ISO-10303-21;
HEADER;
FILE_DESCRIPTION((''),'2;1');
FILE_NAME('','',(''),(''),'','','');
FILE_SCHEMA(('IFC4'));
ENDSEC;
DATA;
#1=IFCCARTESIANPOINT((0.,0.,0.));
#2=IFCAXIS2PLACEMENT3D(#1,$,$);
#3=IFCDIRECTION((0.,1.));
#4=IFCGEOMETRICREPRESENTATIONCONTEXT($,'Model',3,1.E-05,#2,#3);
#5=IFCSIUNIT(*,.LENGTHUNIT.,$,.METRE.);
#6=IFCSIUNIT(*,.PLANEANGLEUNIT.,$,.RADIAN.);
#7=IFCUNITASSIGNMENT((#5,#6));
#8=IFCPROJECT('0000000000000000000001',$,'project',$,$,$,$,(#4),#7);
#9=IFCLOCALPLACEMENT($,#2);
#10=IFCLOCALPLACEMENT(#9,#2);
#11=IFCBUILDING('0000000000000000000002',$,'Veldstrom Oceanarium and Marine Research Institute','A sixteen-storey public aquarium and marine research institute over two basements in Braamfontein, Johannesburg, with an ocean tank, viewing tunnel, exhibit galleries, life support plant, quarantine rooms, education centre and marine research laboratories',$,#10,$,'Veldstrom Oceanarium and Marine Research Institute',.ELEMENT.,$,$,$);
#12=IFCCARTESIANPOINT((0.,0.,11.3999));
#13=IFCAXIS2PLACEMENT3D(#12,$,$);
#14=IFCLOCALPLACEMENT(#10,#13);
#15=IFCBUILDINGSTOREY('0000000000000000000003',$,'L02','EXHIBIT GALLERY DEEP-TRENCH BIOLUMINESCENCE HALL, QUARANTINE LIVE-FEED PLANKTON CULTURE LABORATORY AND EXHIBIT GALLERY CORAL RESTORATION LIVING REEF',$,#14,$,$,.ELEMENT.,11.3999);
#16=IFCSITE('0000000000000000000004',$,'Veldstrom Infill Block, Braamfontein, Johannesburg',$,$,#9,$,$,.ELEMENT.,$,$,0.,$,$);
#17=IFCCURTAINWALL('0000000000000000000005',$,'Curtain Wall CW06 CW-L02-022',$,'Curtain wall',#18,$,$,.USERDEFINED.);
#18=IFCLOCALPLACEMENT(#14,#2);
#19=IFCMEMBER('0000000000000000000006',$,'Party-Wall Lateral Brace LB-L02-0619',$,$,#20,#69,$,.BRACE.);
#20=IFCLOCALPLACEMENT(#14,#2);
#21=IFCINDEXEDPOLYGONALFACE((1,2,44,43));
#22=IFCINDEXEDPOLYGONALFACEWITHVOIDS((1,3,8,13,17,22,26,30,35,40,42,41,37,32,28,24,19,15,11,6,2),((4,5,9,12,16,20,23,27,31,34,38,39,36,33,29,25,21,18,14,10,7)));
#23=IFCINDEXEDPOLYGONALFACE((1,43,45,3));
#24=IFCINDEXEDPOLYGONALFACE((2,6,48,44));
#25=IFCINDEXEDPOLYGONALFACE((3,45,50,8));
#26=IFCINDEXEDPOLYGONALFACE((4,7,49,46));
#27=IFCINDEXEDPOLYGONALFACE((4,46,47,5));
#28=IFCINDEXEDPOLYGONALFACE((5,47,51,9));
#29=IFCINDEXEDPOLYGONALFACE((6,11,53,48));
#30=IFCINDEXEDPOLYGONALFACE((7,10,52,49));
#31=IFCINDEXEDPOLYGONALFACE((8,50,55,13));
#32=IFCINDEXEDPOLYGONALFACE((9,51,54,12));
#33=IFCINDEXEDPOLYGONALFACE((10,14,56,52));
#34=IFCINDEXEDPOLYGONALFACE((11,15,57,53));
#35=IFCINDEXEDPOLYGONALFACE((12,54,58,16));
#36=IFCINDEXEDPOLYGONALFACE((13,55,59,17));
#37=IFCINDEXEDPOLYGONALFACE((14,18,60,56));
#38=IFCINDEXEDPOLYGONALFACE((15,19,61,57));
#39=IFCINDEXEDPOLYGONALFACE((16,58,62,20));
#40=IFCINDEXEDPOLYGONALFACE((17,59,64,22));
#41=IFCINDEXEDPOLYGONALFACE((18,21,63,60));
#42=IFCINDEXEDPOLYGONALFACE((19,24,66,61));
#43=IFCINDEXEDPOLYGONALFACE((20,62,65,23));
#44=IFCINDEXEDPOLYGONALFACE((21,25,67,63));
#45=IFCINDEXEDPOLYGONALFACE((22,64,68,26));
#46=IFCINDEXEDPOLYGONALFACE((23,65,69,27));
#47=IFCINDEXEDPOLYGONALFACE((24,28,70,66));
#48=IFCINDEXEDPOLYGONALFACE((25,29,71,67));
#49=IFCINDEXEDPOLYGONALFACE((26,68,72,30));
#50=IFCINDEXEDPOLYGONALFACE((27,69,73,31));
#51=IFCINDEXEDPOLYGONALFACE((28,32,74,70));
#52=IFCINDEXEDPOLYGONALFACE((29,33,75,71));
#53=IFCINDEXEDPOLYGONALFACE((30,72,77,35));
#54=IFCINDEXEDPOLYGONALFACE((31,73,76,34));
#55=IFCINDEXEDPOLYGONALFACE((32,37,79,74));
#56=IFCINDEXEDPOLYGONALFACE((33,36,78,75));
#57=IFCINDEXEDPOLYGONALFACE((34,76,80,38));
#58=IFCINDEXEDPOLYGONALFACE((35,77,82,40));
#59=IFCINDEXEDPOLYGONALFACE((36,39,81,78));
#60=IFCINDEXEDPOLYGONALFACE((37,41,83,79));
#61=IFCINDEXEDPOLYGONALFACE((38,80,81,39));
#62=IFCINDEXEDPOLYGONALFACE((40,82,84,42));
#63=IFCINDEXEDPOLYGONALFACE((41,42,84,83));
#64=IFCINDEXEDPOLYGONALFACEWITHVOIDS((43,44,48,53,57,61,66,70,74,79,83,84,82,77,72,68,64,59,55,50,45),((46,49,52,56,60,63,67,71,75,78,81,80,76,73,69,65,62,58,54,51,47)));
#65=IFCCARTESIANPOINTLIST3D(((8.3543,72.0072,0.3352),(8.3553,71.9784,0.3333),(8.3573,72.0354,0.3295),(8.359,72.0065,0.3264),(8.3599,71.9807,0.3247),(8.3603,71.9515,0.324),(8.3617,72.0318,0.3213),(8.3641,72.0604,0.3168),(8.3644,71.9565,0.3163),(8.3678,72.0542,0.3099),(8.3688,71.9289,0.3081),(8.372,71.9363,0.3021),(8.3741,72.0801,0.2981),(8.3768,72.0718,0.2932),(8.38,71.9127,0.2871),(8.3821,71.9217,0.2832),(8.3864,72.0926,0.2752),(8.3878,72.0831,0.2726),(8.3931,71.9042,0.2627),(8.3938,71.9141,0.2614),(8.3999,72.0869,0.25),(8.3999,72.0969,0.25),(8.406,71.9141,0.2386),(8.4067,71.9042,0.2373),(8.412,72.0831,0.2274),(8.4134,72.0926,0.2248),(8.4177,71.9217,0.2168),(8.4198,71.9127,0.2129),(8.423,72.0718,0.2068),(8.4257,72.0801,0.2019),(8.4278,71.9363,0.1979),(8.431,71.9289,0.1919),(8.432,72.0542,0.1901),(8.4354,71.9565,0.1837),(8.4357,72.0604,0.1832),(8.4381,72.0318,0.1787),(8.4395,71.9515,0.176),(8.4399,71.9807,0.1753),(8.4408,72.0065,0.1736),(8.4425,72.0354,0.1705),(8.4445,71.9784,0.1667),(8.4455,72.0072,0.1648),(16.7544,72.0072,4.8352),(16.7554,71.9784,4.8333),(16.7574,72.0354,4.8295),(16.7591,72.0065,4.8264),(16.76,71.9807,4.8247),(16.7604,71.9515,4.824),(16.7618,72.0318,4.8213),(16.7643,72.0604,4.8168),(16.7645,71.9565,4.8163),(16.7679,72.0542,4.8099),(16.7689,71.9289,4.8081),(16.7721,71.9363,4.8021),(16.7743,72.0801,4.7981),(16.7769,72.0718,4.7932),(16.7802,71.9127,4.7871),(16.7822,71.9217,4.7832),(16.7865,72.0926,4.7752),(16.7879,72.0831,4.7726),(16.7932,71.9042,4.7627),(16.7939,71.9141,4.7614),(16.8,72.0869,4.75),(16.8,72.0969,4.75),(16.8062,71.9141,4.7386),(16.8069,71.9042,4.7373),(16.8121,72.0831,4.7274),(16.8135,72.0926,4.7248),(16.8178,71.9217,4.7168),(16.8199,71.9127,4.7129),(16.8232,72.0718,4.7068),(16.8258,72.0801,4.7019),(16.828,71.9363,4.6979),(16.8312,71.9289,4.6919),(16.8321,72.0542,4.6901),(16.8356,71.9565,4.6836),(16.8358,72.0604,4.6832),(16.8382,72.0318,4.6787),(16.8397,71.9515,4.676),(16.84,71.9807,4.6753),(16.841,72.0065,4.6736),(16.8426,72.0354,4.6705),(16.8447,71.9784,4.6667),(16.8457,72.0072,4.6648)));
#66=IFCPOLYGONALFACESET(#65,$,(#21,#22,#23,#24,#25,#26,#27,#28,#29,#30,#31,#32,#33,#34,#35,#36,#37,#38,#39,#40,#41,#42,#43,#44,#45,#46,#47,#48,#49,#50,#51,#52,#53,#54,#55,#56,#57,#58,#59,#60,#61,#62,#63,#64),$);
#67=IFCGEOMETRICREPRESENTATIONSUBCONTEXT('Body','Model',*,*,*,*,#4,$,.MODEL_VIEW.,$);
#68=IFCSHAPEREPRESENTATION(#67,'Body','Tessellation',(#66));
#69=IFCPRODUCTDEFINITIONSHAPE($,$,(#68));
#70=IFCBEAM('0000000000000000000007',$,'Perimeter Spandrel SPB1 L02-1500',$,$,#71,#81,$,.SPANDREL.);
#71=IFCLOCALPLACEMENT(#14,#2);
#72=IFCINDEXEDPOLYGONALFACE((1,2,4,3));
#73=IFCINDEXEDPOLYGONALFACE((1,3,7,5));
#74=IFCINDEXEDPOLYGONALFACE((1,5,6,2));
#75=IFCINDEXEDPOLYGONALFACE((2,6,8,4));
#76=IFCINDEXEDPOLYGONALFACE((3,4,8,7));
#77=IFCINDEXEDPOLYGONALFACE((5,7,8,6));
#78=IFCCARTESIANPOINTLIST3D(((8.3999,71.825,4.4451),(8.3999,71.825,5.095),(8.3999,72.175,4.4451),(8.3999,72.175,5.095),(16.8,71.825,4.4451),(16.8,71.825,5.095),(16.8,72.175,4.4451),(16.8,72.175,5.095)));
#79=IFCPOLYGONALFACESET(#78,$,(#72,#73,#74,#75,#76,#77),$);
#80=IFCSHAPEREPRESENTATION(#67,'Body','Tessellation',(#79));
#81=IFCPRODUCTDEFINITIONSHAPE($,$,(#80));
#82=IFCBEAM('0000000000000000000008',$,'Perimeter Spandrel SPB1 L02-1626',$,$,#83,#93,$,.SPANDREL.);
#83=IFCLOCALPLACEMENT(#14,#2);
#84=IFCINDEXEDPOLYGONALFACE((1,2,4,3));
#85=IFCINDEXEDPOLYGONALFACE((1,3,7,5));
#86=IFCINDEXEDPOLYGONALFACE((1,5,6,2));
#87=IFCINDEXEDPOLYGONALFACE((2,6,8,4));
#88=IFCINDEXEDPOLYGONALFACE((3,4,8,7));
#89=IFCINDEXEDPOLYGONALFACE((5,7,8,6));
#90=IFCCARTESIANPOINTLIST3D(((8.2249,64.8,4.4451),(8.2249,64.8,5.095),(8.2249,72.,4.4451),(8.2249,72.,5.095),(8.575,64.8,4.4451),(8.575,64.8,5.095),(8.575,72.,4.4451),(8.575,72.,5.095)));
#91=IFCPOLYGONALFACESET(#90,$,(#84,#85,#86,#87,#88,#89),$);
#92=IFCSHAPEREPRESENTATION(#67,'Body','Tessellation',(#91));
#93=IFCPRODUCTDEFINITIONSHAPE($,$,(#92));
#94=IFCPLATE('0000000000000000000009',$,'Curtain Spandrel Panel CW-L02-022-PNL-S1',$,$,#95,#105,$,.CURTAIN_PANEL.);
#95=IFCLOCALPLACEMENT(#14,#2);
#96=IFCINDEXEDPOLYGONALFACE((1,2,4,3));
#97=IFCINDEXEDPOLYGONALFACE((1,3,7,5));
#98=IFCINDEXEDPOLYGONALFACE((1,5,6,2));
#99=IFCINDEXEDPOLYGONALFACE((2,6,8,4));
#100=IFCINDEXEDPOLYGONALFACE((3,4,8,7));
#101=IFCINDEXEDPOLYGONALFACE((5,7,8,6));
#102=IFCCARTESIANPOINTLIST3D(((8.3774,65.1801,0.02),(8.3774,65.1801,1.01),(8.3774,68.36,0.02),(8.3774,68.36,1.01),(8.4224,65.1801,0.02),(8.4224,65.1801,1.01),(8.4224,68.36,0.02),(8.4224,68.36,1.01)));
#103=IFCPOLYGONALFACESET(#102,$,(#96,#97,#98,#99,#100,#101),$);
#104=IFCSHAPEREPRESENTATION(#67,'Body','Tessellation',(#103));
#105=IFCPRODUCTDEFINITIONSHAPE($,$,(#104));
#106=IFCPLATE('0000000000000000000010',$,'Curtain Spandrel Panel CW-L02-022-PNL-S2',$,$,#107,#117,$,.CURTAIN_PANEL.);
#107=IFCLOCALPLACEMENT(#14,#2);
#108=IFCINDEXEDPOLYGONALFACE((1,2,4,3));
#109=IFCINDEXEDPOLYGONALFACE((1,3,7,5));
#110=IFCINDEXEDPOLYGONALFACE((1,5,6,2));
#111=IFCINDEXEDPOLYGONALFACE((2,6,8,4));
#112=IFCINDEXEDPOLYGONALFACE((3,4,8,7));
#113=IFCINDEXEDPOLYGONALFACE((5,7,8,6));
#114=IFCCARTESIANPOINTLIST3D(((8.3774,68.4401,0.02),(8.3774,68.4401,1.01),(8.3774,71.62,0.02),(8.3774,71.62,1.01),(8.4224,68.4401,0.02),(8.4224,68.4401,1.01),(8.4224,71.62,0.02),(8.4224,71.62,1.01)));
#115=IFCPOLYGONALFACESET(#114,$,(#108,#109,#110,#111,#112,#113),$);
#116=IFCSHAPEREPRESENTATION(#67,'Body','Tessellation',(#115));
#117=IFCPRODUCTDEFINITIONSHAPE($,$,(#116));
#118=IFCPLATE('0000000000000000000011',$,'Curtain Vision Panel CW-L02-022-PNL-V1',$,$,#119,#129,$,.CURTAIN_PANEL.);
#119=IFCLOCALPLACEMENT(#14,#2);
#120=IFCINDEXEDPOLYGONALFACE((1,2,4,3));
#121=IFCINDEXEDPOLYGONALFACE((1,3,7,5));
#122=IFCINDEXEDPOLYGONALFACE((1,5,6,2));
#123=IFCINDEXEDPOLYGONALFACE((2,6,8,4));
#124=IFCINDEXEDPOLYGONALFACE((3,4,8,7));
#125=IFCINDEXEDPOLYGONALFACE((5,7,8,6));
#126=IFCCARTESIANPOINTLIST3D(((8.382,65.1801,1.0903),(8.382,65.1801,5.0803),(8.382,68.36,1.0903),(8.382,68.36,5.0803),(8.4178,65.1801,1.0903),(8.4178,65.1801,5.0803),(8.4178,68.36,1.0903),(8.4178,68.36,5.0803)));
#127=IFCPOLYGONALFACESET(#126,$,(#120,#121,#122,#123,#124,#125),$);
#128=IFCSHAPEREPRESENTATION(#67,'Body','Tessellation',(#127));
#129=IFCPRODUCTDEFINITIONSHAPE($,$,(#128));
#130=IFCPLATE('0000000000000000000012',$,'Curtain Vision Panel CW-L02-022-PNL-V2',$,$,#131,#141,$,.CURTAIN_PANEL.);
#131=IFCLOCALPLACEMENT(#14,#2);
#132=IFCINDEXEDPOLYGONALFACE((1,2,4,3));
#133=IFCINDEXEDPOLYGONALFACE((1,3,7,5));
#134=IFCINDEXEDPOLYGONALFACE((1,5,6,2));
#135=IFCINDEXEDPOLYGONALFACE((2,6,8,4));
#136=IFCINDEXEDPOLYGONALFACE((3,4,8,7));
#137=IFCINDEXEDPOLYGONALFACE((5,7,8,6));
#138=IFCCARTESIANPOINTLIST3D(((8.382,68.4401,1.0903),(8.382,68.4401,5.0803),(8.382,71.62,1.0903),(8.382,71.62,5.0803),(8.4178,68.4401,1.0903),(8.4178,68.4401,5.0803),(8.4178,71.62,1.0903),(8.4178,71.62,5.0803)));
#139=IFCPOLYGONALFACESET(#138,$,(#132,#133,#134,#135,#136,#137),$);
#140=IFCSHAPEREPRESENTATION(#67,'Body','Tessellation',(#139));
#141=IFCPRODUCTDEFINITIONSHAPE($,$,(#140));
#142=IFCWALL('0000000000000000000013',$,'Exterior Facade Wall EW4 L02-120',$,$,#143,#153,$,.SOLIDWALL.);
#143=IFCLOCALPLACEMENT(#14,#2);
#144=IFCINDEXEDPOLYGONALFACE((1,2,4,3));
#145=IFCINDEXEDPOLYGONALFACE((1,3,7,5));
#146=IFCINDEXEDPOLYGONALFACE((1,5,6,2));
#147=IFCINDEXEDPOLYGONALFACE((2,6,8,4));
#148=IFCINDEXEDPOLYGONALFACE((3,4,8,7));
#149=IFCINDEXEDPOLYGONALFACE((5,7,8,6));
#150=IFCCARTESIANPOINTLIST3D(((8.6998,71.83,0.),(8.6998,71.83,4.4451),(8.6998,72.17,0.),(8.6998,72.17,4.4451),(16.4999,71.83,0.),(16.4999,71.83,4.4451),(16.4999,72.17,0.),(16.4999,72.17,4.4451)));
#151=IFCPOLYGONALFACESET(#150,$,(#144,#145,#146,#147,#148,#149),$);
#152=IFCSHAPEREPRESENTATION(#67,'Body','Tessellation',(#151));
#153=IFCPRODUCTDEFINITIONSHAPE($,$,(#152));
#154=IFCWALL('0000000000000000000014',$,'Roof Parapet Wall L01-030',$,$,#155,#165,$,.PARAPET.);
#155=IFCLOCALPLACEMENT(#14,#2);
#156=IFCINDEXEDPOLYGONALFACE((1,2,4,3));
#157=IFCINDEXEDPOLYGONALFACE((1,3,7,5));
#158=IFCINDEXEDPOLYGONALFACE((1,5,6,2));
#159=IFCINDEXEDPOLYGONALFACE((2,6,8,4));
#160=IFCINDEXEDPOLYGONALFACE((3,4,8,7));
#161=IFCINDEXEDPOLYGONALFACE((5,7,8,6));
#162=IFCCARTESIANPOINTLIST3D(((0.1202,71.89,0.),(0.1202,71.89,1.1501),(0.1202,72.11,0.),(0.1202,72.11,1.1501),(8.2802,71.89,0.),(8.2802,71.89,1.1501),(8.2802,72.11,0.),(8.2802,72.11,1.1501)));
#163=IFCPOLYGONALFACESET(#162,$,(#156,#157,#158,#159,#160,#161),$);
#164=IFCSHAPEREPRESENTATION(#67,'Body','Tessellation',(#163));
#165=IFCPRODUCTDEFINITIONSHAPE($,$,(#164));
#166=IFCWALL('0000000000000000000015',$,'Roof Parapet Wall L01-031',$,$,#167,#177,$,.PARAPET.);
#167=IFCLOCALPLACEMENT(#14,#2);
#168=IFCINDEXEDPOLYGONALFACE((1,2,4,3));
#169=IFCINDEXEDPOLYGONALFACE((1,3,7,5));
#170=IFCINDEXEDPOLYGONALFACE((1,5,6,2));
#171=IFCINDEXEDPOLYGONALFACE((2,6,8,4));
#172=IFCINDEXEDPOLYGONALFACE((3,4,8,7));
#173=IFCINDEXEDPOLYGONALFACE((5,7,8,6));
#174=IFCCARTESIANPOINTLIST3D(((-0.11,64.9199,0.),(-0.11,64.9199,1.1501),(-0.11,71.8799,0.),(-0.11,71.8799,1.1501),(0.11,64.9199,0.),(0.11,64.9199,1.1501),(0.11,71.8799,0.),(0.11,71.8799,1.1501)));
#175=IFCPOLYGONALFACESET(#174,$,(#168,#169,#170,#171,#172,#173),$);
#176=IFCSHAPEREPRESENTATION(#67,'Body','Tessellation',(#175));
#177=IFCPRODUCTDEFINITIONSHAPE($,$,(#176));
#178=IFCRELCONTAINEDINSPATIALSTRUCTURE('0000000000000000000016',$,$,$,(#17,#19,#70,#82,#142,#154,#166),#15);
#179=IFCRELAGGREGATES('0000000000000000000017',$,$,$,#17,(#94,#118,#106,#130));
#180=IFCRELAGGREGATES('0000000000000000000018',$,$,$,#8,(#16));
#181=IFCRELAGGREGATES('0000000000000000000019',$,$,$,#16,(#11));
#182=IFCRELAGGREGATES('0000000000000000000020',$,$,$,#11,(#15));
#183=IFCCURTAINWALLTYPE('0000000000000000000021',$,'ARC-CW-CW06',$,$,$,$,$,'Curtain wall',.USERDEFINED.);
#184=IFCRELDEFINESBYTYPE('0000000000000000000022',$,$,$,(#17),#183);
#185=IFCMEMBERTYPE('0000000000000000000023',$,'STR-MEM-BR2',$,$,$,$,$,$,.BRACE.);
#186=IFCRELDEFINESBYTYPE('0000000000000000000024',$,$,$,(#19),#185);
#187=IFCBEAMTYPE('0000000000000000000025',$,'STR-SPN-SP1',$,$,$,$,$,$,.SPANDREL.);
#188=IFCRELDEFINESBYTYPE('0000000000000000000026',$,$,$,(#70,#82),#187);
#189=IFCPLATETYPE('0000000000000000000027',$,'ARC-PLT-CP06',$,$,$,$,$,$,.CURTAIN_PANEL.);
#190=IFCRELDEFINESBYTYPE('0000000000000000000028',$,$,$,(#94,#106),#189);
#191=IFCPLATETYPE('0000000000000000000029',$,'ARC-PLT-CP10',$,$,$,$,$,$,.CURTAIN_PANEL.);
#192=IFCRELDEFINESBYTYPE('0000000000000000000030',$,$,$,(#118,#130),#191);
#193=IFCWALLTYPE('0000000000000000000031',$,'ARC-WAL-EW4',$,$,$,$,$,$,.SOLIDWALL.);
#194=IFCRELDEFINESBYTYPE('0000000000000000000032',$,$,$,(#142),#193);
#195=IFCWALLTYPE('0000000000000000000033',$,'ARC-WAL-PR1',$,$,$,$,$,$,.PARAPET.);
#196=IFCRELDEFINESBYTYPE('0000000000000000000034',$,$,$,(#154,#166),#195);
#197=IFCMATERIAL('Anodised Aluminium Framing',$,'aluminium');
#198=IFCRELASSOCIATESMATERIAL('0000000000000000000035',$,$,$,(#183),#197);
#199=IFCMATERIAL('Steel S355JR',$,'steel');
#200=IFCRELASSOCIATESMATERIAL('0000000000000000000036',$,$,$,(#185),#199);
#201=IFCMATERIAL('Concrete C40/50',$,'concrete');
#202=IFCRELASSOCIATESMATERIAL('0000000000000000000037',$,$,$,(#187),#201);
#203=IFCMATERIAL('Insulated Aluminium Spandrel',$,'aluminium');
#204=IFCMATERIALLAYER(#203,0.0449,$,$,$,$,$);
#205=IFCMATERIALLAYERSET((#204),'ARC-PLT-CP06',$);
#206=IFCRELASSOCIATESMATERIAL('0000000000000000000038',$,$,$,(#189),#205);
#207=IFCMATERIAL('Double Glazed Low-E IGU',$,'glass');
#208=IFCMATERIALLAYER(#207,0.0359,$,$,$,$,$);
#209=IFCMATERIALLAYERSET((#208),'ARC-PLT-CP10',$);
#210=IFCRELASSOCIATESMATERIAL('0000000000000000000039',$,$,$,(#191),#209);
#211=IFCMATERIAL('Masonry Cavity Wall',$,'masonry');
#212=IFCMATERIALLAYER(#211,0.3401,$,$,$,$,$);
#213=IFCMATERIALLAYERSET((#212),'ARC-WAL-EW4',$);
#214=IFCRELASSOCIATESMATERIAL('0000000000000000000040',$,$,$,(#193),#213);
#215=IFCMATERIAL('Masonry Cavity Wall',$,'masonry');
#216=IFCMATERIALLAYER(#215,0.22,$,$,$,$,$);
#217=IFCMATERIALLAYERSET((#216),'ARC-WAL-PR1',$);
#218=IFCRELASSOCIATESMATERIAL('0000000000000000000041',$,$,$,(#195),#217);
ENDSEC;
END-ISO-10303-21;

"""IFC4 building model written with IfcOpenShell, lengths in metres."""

from ifc_helpers import new_model, si_unit, direction, frame, frame_2d, origin, origin_2d, place, context, subcontext, project, spatial, rectangle, hollow_circle, extrude, material, layer, layer_set, material_profile, profile_set, type_object, element, aggregate, save


model = new_model("IFC4")

# Units and contexts
model_context = context("Model", 3, precision=1e-05, world=origin(), true_north=direction((0.0, 1.0)))
body_context = subcontext(model_context, "Body", "Model", "MODEL_VIEW")
ifc_project = project(units=[si_unit("LENGTHUNIT", "METRE"), si_unit("PLANEANGLEUNIT", "RADIAN")], contexts=[model_context])

# Site, building, storey
site_placement = place(None, origin())
site = spatial("IfcSite", under=ifc_project, at=site_placement, Name="Veldstrom Infill Block, Braamfontein, Johannesburg", CompositionType="ELEMENT", RefElevation=0.0)
building_placement = place(site_placement, origin())
building = spatial("IfcBuilding", under=site, at=building_placement, Name="Veldstrom Oceanarium and Marine Research Institute", Description="A sixteen-storey public aquarium and marine research institute over two basements in Braamfontein, Johannesburg, with an ocean tank, viewing tunnel, exhibit galleries, life support plant, quarantine rooms, education centre and marine research laboratories", LongName="Veldstrom Oceanarium and Marine Research Institute", CompositionType="ELEMENT")
storey_placement = place(building_placement, frame((0.0, 0.0, 11.3999)))
storey = spatial("IfcBuildingStorey", under=building, at=storey_placement, Name="L02", Description="EXHIBIT GALLERY DEEP-TRENCH BIOLUMINESCENCE HALL, QUARANTINE LIVE-FEED PLANKTON CULTURE LABORATORY AND EXHIBIT GALLERY CORAL RESTORATION LIVING REEF", CompositionType="ELEMENT", Elevation=11.3999)

# Curtain wall
ifc_material_1 = material(Name="Anodised Aluminium Framing", Category="aluminium")
curtain_wall_type = type_object("IfcCurtainWallType", Name="ARC-CW-CW06", ElementType="Curtain wall", PredefinedType="USERDEFINED", material=ifc_material_1)
curtain_wall_placement = place(storey_placement, origin())
curtain_wall = element("IfcCurtainWall", 1, at=curtain_wall_placement, inside=storey, type_object=curtain_wall_type, Name="Curtain Wall CW06 CW-L02-022", ObjectType="Curtain wall", PredefinedType="USERDEFINED")

# Member
ifc_material_2 = material(Name="Steel S355JR", Category="steel")
ifc_material_profile_1 = material_profile(ifc_material_2, hollow_circle(Radius=0.0969, WallThickness=0.01, at=origin_2d()), Name="CHS 193.7x10")
ifc_profile_set_1 = profile_set([ifc_material_profile_1], Name="Steel S355JR")
member_type_1 = type_object("IfcMemberType", Name="STR-MEM-BR2", PredefinedType="BRACE", material=ifc_profile_set_1)
member_1_placement = place(storey_placement, frame((8.3999, 72.0, 0.25), z_axis=(0.881483, 0.0, 0.472215), x_axis=(0.0, 1.0, 0.0)))
element("IfcMember", 2, at=member_1_placement, inside=storey, type_object=member_type_1, Name="Party-Wall Lateral Brace LB-L02-0619", PredefinedType="BRACE", context=body_context, shape_type="SweptSolid", body=[
    extrude(hollow_circle(Radius=0.0969, WallThickness=0.01, at=origin_2d()), origin(), (0.0, 0.0, 1.0), 9.5295),
])

# Beams
ifc_material_3 = material(Name="Concrete C40/50", Category="concrete")
ifc_material_profile_2 = material_profile(ifc_material_3, rectangle(XDim=0.3501, YDim=0.6499, at=origin_2d()), Name="RC-SPN-350x650")
ifc_profile_set_2 = profile_set([ifc_material_profile_2], Name="Concrete C40/50")
beam_type_1 = type_object("IfcBeamType", Name="STR-SPN-SP1", PredefinedType="SPANDREL", material=ifc_profile_set_2)
beam_1_placement = place(storey_placement, frame((8.3999, 72.0, 4.77), z_axis=(1.0, 0.0, 0.0), x_axis=(0.0, 1.0, 0.0)))
element("IfcBeam", 3, at=beam_1_placement, inside=storey, type_object=beam_type_1, Name="Perimeter Spandrel SPB1 L02-1500", PredefinedType="SPANDREL", context=body_context, shape_type="SweptSolid", body=[
    extrude(rectangle(XDim=0.3501, YDim=0.6499, at=origin_2d()), origin(), (0.0, 0.0, 1.0), 8.4001),
])
beam_2_placement = place(storey_placement, frame((8.3999, 64.8, 4.77), z_axis=(0.0, 1.0, 0.0), x_axis=(-1.0, 0.0, 0.0)))
element("IfcBeam", 4, at=beam_2_placement, inside=storey, type_object=beam_type_1, Name="Perimeter Spandrel SPB1 L02-1626", PredefinedType="SPANDREL", context=body_context, shape_type="SweptSolid", body=[
    extrude(rectangle(XDim=0.3501, YDim=0.6499, at=origin_2d()), origin(), (0.0, 0.0, 1.0), 7.2),
])

# Plates
ifc_material_4 = material(Name="Insulated Aluminium Spandrel", Category="aluminium")
ifc_layer_1 = layer(ifc_material_4, 0.0449)
ifc_layer_set_1 = layer_set([ifc_layer_1], Name="ARC-PLT-CP06")
plate_type_1 = type_object("IfcPlateType", Name="ARC-PLT-CP06", PredefinedType="CURTAIN_PANEL", material=ifc_layer_set_1)
plate_1_placement = place(storey_placement, frame((8.3999, 66.77, 0.02), z_axis=(0.0, 0.0, 1.0), x_axis=(0.0, 1.0, 0.0)))
plate_1 = element("IfcPlate", 5, at=plate_1_placement, type_object=plate_type_1, Name="Curtain Spandrel Panel CW-L02-022-PNL-S1", PredefinedType="CURTAIN_PANEL", context=body_context, shape_type="SweptSolid", body=[
    extrude(rectangle(XDim=3.1799, YDim=0.0449, at=origin_2d()), origin(), (0.0, 0.0, 1.0), 0.99),
])
plate_2_placement = place(storey_placement, frame((8.3999, 70.03, 0.02), z_axis=(0.0, 0.0, 1.0), x_axis=(0.0, 1.0, 0.0)))
plate_2 = element("IfcPlate", 6, at=plate_2_placement, type_object=plate_type_1, Name="Curtain Spandrel Panel CW-L02-022-PNL-S2", PredefinedType="CURTAIN_PANEL", context=body_context, shape_type="SweptSolid", body=[
    extrude(rectangle(XDim=3.1799, YDim=0.0449, at=origin_2d()), origin(), (0.0, 0.0, 1.0), 0.99),
])
ifc_material_5 = material(Name="Double Glazed Low-E IGU", Category="glass")
ifc_layer_2 = layer(ifc_material_5, 0.0359)
ifc_layer_set_2 = layer_set([ifc_layer_2], Name="ARC-PLT-CP10")
plate_type_2 = type_object("IfcPlateType", Name="ARC-PLT-CP10", PredefinedType="CURTAIN_PANEL", material=ifc_layer_set_2)
plate_3_placement = place(storey_placement, frame((8.3999, 66.77, 1.0903), z_axis=(0.0, 0.0, 1.0), x_axis=(0.0, 1.0, 0.0)))
plate_3 = element("IfcPlate", 7, at=plate_3_placement, type_object=plate_type_2, Name="Curtain Vision Panel CW-L02-022-PNL-V1", PredefinedType="CURTAIN_PANEL", context=body_context, shape_type="SweptSolid", body=[
    extrude(rectangle(XDim=3.1799, YDim=0.0359, at=origin_2d()), origin(), (0.0, 0.0, 1.0), 3.99),
])
plate_4_placement = place(storey_placement, frame((8.3999, 70.03, 1.0903), z_axis=(0.0, 0.0, 1.0), x_axis=(0.0, 1.0, 0.0)))
plate_4 = element("IfcPlate", 8, at=plate_4_placement, type_object=plate_type_2, Name="Curtain Vision Panel CW-L02-022-PNL-V2", PredefinedType="CURTAIN_PANEL", context=body_context, shape_type="SweptSolid", body=[
    extrude(rectangle(XDim=3.1799, YDim=0.0359, at=origin_2d()), origin(), (0.0, 0.0, 1.0), 3.99),
])
aggregate(curtain_wall, [plate_1, plate_3, plate_2, plate_4])

# Walls
ifc_material_6 = material(Name="Masonry Cavity Wall", Category="masonry")
ifc_layer_3 = layer(ifc_material_6, 0.3401)
ifc_layer_set_3 = layer_set([ifc_layer_3], Name="ARC-WAL-EW4")
wall_type_1 = type_object("IfcWallType", Name="ARC-WAL-EW4", PredefinedType="SOLIDWALL", material=ifc_layer_set_3)
wall_1_placement = place(storey_placement, frame((8.7, 72.0, 0.0), z_axis=(0.0, 0.0, 1.0), x_axis=(1.0, 0.0, 0.0)))
element("IfcWall", 9, at=wall_1_placement, inside=storey, type_object=wall_type_1, Name="Exterior Facade Wall EW4 L02-120", PredefinedType="SOLIDWALL", context=body_context, shape_type="SweptSolid", body=[
    extrude(rectangle(XDim=7.8, YDim=0.3401, at=frame_2d((3.8999, 0.0))), origin(), (0.0, 0.0, 1.0), 4.4451),
])
ifc_material_7 = material(Name="Masonry Cavity Wall", Category="masonry")
ifc_layer_4 = layer(ifc_material_7, 0.22)
ifc_layer_set_4 = layer_set([ifc_layer_4], Name="ARC-WAL-PR1")
wall_type_2 = type_object("IfcWallType", Name="ARC-WAL-PR1", PredefinedType="PARAPET", material=ifc_layer_set_4)
wall_2_placement = place(storey_placement, frame((0.1201, 72.0, 0.0), z_axis=(0.0, 0.0, 1.0), x_axis=(1.0, 0.0, 0.0)))
element("IfcWall", 10, at=wall_2_placement, inside=storey, type_object=wall_type_2, Name="Roof Parapet Wall L01-030", PredefinedType="PARAPET", context=body_context, shape_type="SweptSolid", body=[
    extrude(rectangle(XDim=8.1599, YDim=0.22, at=frame_2d((4.0801, 0.0))), origin(), (0.0, 0.0, 1.0), 1.1501),
])
wall_3_placement = place(storey_placement, frame((0.0, 64.9199, 0.0), z_axis=(0.0, 0.0, 1.0), x_axis=(0.0, 1.0, 0.0)))
element("IfcWall", 11, at=wall_3_placement, inside=storey, type_object=wall_type_2, Name="Roof Parapet Wall L01-031", PredefinedType="PARAPET", context=body_context, shape_type="SweptSolid", body=[
    extrude(rectangle(XDim=6.96, YDim=0.22, at=frame_2d((3.48, 0.0))), origin(), (0.0, 0.0, 1.0), 1.1501),
])

save(model, "model.ifc")
